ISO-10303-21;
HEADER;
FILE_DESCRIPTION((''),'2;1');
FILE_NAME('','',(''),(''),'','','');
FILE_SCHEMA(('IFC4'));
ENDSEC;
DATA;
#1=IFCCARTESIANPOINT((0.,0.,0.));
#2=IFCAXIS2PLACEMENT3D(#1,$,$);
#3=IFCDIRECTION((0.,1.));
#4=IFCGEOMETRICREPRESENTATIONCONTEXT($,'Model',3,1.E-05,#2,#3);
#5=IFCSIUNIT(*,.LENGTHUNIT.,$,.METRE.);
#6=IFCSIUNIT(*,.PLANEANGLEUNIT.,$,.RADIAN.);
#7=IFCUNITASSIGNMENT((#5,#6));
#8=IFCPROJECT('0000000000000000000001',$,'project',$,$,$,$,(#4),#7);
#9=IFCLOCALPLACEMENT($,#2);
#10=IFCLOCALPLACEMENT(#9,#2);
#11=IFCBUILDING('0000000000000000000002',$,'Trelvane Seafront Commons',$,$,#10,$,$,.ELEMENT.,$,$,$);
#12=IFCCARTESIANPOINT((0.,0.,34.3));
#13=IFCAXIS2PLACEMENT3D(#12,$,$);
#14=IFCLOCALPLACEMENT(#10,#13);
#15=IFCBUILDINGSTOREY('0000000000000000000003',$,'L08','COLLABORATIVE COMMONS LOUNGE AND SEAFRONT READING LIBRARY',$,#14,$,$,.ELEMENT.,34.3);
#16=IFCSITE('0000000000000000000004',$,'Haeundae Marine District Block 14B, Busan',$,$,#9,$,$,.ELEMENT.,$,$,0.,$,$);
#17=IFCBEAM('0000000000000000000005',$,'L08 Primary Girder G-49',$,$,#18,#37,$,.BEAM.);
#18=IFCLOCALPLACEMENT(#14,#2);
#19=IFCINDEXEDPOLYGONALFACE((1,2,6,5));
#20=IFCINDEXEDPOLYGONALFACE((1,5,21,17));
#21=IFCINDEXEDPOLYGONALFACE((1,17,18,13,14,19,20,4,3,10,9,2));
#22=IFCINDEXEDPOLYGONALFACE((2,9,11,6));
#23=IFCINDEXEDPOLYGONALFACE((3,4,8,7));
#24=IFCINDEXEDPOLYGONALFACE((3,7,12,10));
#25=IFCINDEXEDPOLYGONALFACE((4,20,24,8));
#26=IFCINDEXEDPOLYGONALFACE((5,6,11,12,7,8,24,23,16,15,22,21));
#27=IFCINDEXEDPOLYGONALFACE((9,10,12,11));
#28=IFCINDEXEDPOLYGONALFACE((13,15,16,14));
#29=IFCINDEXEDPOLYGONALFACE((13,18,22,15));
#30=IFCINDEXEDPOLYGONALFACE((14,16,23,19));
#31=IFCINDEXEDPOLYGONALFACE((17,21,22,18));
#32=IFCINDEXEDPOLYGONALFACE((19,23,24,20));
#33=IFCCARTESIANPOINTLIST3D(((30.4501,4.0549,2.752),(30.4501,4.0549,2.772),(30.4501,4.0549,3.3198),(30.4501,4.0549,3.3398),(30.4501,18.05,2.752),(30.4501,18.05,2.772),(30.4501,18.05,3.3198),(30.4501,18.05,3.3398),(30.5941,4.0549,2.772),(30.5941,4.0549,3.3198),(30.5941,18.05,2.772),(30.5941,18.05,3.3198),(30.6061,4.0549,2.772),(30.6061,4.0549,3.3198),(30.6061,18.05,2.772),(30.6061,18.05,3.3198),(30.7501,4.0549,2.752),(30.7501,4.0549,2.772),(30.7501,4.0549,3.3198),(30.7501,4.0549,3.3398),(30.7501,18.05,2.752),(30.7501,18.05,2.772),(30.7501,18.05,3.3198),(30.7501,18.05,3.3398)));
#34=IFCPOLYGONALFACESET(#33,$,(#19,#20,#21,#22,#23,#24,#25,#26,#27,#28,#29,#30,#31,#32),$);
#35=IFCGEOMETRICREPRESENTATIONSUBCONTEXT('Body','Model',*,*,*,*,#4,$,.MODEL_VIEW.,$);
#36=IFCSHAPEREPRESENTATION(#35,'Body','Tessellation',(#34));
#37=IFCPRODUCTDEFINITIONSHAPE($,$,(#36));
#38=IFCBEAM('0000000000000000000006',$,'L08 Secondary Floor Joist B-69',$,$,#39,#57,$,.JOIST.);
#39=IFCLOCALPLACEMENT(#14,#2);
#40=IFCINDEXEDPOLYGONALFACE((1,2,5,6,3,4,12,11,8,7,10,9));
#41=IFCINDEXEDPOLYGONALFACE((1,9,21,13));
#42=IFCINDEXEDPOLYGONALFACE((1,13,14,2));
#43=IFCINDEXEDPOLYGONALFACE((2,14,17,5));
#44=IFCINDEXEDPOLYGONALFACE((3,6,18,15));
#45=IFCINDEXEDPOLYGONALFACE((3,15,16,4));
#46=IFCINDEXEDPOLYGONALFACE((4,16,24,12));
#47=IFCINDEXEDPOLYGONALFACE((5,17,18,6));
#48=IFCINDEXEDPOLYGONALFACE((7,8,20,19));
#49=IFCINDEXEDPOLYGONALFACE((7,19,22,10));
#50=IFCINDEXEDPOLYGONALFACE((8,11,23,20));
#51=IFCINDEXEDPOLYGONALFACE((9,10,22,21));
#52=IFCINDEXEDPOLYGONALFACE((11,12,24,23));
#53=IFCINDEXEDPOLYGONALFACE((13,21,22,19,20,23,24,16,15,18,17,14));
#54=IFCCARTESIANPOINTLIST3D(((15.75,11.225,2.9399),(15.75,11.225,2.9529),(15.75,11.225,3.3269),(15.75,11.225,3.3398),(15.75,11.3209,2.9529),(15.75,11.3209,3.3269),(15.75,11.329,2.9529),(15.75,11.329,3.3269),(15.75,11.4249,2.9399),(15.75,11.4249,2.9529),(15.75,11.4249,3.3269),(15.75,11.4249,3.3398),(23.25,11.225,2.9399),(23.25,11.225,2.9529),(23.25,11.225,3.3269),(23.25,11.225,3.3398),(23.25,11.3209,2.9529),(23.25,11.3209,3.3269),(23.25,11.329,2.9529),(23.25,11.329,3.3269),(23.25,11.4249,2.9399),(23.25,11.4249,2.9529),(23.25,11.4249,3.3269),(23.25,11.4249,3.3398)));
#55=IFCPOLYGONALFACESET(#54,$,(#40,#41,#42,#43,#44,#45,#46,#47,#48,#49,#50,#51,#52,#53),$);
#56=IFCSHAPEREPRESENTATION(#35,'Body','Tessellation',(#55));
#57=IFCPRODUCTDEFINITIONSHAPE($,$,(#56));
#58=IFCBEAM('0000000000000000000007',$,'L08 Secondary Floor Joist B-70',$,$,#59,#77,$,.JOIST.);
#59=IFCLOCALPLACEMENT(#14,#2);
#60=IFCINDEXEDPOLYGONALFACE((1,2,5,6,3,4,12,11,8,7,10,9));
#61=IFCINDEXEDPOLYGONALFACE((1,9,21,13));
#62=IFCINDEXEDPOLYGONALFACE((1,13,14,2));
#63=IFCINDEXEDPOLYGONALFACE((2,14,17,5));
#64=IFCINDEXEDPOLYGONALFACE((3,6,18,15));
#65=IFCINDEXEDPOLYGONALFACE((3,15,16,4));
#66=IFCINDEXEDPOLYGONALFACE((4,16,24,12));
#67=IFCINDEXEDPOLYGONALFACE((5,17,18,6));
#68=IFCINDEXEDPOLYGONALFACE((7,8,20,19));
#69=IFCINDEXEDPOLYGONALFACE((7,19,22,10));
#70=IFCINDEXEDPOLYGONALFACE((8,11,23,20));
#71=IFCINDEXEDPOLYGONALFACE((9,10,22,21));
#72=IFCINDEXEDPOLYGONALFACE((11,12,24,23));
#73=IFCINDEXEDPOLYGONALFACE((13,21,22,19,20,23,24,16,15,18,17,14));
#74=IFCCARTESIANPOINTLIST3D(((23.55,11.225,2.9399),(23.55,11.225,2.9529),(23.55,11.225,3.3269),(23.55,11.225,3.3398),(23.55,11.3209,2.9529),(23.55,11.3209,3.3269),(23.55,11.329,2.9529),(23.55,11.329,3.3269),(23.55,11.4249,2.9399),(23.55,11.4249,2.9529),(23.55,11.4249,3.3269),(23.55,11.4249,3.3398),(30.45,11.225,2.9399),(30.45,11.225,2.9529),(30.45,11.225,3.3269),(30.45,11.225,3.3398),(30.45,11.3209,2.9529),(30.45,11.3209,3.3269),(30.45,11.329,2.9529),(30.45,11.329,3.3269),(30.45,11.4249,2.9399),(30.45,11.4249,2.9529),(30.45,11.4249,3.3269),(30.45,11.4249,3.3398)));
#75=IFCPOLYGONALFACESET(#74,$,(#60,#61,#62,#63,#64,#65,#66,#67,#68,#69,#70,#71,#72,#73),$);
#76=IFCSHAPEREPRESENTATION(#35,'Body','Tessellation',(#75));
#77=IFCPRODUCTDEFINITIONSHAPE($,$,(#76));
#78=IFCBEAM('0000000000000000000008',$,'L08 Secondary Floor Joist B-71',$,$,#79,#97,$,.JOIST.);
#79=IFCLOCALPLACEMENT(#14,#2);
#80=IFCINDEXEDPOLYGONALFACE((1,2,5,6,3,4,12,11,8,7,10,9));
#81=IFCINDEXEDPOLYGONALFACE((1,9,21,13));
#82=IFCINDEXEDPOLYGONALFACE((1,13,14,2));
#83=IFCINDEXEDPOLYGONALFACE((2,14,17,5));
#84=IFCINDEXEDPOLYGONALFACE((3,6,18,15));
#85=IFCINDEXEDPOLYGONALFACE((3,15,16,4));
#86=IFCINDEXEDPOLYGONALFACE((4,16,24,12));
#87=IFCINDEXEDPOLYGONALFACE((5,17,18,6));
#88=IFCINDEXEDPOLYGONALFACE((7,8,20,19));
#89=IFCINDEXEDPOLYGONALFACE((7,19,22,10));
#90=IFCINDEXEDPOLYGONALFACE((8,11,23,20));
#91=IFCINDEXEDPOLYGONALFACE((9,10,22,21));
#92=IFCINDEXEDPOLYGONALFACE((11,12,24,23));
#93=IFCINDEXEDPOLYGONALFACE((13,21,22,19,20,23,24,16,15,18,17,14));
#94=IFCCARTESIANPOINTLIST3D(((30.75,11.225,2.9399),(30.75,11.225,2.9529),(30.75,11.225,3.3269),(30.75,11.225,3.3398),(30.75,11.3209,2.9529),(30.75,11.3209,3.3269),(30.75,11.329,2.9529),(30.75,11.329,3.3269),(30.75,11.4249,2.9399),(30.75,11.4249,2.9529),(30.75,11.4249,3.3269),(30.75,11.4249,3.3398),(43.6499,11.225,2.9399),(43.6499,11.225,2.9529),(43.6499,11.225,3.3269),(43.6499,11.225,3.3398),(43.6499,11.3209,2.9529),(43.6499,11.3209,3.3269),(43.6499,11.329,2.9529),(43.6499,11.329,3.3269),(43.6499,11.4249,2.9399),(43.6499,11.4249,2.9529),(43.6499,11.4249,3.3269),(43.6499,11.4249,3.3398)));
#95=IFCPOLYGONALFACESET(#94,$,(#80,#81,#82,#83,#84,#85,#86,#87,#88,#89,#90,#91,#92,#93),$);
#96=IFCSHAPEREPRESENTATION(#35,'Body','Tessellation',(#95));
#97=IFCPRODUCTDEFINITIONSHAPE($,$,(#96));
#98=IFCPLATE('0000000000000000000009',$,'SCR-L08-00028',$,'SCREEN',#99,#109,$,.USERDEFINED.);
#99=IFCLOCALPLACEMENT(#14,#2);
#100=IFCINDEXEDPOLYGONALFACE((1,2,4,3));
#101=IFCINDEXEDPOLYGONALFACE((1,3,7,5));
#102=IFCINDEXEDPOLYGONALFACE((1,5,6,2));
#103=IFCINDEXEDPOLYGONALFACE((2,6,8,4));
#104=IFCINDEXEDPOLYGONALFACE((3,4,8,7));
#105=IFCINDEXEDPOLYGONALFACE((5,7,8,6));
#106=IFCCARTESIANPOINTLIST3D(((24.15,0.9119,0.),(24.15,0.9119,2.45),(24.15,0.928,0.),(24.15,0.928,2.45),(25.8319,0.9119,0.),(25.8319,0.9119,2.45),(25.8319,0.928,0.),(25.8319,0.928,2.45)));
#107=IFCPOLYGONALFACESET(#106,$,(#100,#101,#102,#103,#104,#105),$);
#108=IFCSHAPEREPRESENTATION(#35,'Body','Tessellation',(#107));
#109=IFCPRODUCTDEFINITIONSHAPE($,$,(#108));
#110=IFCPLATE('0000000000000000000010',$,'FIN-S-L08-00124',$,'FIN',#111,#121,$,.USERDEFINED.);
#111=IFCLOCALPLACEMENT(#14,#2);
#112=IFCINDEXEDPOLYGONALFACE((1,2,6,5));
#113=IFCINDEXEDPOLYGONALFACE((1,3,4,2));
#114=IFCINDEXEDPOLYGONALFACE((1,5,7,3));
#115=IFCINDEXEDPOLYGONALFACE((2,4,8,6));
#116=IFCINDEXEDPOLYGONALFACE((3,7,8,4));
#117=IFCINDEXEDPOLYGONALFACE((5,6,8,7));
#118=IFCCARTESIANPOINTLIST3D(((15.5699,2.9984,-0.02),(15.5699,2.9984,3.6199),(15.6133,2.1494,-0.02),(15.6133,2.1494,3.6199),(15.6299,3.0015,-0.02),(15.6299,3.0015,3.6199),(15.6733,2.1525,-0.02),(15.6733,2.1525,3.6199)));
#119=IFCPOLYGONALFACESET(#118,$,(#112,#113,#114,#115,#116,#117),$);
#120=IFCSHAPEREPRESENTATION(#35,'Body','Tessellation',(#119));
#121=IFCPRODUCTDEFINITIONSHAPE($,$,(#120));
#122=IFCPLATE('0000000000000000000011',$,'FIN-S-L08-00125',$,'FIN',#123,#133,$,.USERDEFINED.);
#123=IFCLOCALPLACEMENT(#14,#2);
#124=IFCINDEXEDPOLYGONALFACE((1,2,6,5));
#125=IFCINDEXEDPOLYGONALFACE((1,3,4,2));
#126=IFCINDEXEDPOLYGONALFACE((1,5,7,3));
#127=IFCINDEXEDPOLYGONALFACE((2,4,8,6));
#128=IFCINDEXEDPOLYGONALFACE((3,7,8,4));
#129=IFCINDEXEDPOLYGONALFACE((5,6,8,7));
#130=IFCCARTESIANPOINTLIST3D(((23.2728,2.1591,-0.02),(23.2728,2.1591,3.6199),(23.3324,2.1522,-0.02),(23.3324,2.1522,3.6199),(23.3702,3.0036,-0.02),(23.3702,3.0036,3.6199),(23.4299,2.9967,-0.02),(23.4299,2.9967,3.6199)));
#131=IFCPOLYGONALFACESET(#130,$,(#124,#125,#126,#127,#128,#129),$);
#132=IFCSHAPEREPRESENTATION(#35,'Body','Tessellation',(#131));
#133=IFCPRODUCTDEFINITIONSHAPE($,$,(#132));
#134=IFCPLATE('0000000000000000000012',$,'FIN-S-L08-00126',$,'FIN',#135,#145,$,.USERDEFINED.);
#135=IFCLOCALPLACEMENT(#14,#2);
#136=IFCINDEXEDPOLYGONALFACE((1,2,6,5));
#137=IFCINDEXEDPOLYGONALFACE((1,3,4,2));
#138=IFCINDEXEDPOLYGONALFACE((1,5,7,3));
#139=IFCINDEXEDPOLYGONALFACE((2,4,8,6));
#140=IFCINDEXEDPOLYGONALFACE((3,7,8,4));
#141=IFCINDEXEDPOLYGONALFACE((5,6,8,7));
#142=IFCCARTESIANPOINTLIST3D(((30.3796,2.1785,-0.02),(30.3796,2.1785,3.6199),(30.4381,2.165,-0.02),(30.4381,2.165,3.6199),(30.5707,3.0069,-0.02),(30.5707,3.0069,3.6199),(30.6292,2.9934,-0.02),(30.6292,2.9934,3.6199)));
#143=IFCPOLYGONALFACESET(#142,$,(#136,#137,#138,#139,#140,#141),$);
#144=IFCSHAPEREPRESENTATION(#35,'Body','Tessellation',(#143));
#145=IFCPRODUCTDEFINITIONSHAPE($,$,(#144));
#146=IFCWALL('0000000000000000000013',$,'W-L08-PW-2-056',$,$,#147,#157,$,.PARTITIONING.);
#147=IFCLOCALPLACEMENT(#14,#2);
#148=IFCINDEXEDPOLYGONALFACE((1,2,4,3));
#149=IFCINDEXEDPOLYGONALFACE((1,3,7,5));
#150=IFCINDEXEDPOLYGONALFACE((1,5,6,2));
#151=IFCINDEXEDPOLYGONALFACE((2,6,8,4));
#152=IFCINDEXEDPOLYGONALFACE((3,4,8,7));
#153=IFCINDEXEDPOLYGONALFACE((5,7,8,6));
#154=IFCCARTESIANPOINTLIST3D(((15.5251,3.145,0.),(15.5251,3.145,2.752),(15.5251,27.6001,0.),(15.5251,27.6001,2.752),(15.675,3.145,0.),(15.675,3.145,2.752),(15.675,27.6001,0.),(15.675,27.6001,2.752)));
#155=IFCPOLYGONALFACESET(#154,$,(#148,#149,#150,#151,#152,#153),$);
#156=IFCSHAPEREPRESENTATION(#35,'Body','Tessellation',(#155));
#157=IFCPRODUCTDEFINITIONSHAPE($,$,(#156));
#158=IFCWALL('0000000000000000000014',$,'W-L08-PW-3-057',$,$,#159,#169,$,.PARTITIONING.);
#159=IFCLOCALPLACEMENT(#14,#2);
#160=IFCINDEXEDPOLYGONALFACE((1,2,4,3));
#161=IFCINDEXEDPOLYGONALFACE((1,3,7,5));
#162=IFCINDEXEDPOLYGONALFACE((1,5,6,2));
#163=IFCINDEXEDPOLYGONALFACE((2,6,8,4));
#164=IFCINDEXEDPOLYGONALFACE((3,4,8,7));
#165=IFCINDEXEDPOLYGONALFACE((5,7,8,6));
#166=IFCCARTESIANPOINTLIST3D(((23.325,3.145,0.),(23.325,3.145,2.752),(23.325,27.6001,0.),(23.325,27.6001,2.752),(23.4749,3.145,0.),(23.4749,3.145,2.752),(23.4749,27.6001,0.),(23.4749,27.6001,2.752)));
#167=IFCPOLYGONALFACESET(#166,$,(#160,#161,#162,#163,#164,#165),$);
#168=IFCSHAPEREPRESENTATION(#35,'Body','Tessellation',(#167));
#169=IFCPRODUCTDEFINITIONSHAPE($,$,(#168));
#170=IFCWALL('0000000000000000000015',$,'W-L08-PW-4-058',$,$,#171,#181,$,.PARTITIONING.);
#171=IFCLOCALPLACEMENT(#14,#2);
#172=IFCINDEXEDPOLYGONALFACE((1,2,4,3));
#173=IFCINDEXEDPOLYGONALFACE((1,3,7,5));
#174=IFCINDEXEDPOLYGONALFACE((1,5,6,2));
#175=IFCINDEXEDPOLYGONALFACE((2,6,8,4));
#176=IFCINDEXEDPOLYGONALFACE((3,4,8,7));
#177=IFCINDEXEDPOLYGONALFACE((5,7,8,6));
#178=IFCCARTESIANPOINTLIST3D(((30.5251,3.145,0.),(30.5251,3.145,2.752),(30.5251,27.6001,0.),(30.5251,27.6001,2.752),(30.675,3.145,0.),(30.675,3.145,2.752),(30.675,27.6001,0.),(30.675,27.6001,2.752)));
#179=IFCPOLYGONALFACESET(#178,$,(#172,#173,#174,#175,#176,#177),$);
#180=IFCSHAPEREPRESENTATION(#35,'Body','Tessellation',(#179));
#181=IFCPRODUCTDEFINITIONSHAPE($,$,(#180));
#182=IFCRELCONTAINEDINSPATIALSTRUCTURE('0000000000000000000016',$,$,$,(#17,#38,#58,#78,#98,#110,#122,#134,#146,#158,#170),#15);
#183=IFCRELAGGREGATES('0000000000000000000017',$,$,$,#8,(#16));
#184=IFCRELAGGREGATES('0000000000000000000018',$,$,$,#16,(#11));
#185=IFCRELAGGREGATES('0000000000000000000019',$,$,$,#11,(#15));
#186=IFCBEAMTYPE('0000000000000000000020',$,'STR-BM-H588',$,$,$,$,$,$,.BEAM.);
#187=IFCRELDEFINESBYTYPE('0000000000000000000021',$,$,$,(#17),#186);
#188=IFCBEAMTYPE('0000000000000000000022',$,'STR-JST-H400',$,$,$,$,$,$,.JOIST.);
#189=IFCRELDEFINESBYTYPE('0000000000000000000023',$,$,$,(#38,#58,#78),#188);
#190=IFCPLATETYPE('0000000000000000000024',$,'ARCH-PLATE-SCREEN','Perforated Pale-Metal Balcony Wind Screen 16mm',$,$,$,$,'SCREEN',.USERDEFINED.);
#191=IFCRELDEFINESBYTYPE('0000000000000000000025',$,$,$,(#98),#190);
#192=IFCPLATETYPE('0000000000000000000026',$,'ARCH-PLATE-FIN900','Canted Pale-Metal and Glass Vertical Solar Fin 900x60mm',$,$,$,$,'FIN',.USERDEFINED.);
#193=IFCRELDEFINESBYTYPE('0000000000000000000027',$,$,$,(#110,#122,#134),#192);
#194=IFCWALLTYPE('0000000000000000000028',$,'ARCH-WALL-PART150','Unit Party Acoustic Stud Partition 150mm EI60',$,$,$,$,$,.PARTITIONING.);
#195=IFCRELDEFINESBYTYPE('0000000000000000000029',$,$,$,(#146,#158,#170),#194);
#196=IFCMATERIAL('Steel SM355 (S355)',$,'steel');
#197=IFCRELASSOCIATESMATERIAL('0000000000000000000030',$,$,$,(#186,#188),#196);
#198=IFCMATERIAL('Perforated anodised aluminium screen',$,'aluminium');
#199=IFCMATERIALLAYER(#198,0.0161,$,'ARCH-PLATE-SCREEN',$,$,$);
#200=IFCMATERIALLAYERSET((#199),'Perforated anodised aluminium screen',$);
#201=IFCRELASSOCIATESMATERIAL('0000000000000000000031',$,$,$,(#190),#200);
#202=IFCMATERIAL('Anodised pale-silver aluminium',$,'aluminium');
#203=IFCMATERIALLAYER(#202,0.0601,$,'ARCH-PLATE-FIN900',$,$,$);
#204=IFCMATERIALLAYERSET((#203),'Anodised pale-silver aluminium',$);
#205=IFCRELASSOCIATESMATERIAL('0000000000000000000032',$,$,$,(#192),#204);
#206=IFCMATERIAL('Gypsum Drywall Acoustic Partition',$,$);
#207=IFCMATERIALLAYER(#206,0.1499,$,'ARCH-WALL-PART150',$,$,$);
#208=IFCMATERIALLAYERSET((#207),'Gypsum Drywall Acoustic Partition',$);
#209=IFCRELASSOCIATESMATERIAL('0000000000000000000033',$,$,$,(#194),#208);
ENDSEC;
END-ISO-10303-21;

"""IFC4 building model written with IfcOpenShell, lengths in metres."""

from ifc_helpers import new_model, si_unit, direction, frame, frame_2d, origin, origin_2d, place, context, subcontext, project, spatial, rectangle, i_section, extrude, source, transform, mapped, material, layer, layer_set, material_profile, profile_set, type_object, element, save


model = new_model("IFC4")

# Units and contexts
model_context = context("Model", 3, precision=1e-05, world=origin(), true_north=direction((0.0, 1.0)))
body_context = subcontext(model_context, "Body", "Model", "MODEL_VIEW")
ifc_project = project(units=[si_unit("LENGTHUNIT", "METRE"), si_unit("PLANEANGLEUNIT", "RADIAN")], contexts=[model_context])

# Site, building, storey
site_placement = place(None, origin())
site = spatial("IfcSite", under=ifc_project, at=site_placement, Name="Haeundae Marine District Block 14B, Busan", CompositionType="ELEMENT", RefElevation=0.0)
building_placement = place(site_placement, origin())
building = spatial("IfcBuilding", under=site, at=building_placement, Name="Trelvane Seafront Commons", CompositionType="ELEMENT")
storey_placement = place(building_placement, frame((0.0, 0.0, 34.3)))
storey = spatial("IfcBuildingStorey", under=building, at=storey_placement, Name="L08", Description="COLLABORATIVE COMMONS LOUNGE AND SEAFRONT READING LIBRARY", CompositionType="ELEMENT", Elevation=34.3)

# Shared definitions
ifc_material_1 = material(Name="Steel SM355 (S355)", Category="steel")

# Beams
ifc_material_profile_1 = material_profile(ifc_material_1, i_section(OverallWidth=0.3, OverallDepth=0.5879, WebThickness=0.012, FlangeThickness=0.02, at=origin_2d()), Name="H-588x300x12x20")
ifc_profile_set_1 = profile_set([ifc_material_profile_1], Name="Steel SM355 (S355)")
beam_type_1 = type_object("IfcBeamType", Name="STR-BM-H588", PredefinedType="BEAM", material=ifc_profile_set_1)
shared_shape_1 = source(origin(), body_context, "Body", "SweptSolid", [
    extrude(i_section(OverallWidth=0.3, OverallDepth=0.5879, WebThickness=0.012, FlangeThickness=0.02, at=origin_2d()), origin(), (0.0, 0.0, 1.0), 13.9951),
])
for number, where, z_axis, x_axis, name in (
    (1, (30.6001, 4.0549, 3.0459), (0.0, 1.0, 0.0), (-1.0, 0.0, 0.0), "L08 Primary Girder G-49"),
):
    element("IfcBeam", number, at=place(storey_placement, frame(where, z_axis=z_axis, x_axis=x_axis)), inside=storey, type_object=beam_type_1, Name=name, PredefinedType="BEAM", context=body_context, shape_type="MappedRepresentation", body=[
        mapped(shared_shape_1, transform((0.0, 0.0, 0.0), x_axis=(1.0, 0.0, 0.0), y_axis=(0.0, 1.0, 0.0), z_axis=(0.0, 0.0, 1.0), scale=1.0)),
    ])
ifc_material_profile_2 = material_profile(ifc_material_1, i_section(OverallWidth=0.2, OverallDepth=0.3999, WebThickness=0.0081, FlangeThickness=0.0129, at=origin_2d()), Name="H-400x200x8x13")
ifc_profile_set_2 = profile_set([ifc_material_profile_2], Name="Steel SM355 (S355)")
beam_type_2 = type_object("IfcBeamType", Name="STR-JST-H400", PredefinedType="JOIST", material=ifc_profile_set_2)
shared_shape_2 = source(origin(), body_context, "Body", "SweptSolid", [
    extrude(i_section(OverallWidth=0.2, OverallDepth=0.3999, WebThickness=0.0081, FlangeThickness=0.0129, at=origin_2d()), origin(), (0.0, 0.0, 1.0), 7.5),
])
beam_1_placement = place(storey_placement, frame((15.75, 11.325, 3.1399), z_axis=(1.0, 0.0, 0.0), x_axis=(0.0, 1.0, 0.0)))
element("IfcBeam", 2, at=beam_1_placement, inside=storey, type_object=beam_type_2, Name="L08 Secondary Floor Joist B-69", PredefinedType="JOIST", context=body_context, shape_type="MappedRepresentation", body=[
    mapped(shared_shape_2, transform((0.0, 0.0, 0.0), x_axis=(1.0, 0.0, 0.0), y_axis=(0.0, 1.0, 0.0), z_axis=(0.0, 0.0, 1.0), scale=1.0)),
])
shared_shape_3 = source(origin(), body_context, "Body", "SweptSolid", [
    extrude(i_section(OverallWidth=0.2, OverallDepth=0.3999, WebThickness=0.0081, FlangeThickness=0.0129, at=origin_2d()), origin(), (0.0, 0.0, 1.0), 6.8999),
])
beam_2_placement = place(storey_placement, frame((23.55, 11.325, 3.1399), z_axis=(1.0, 0.0, 0.0), x_axis=(0.0, 1.0, 0.0)))
element("IfcBeam", 3, at=beam_2_placement, inside=storey, type_object=beam_type_2, Name="L08 Secondary Floor Joist B-70", PredefinedType="JOIST", context=body_context, shape_type="MappedRepresentation", body=[
    mapped(shared_shape_3, transform((0.0, 0.0, 0.0), x_axis=(1.0, 0.0, 0.0), y_axis=(0.0, 1.0, 0.0), z_axis=(0.0, 0.0, 1.0), scale=1.0)),
])
shared_shape_4 = source(origin(), body_context, "Body", "SweptSolid", [
    extrude(i_section(OverallWidth=0.2, OverallDepth=0.3999, WebThickness=0.0081, FlangeThickness=0.0129, at=origin_2d()), origin(), (0.0, 0.0, 1.0), 12.8999),
])
beam_3_placement = place(storey_placement, frame((30.75, 11.325, 3.1399), z_axis=(1.0, 0.0, 0.0), x_axis=(0.0, 1.0, 0.0)))
element("IfcBeam", 4, at=beam_3_placement, inside=storey, type_object=beam_type_2, Name="L08 Secondary Floor Joist B-71", PredefinedType="JOIST", context=body_context, shape_type="MappedRepresentation", body=[
    mapped(shared_shape_4, transform((0.0, 0.0, 0.0), x_axis=(1.0, 0.0, 0.0), y_axis=(0.0, 1.0, 0.0), z_axis=(0.0, 0.0, 1.0), scale=1.0)),
])

# Plates
ifc_material_2 = material(Name="Perforated anodised aluminium screen", Category="aluminium")
ifc_layer_1 = layer(ifc_material_2, 0.0161, Name="ARCH-PLATE-SCREEN")
ifc_layer_set_1 = layer_set([ifc_layer_1], Name="Perforated anodised aluminium screen")
plate_type_1 = type_object("IfcPlateType", Name="ARCH-PLATE-SCREEN", Description="Perforated Pale-Metal Balcony Wind Screen 16mm", ElementType="SCREEN", PredefinedType="USERDEFINED", material=ifc_layer_set_1)
shared_shape_5 = source(origin(), body_context, "Body", "SweptSolid", [
    extrude(rectangle(XDim=1.6819, YDim=0.0161, at=origin_2d()), origin(), (0.0, 0.0, 1.0), 2.45),
])
plate_placement = place(storey_placement, frame((24.991, 0.9199, 0.0), z_axis=(0.0, 0.0, 1.0), x_axis=(1.0, 0.0, 0.0)))
element("IfcPlate", 5, at=plate_placement, inside=storey, type_object=plate_type_1, Name="SCR-L08-00028", ObjectType="SCREEN", PredefinedType="USERDEFINED", context=body_context, shape_type="MappedRepresentation", body=[
    mapped(shared_shape_5, transform((0.0, 0.0, 0.0), x_axis=(1.0, 0.0, 0.0), y_axis=(0.0, 1.0, 0.0), z_axis=(0.0, 0.0, 1.0), scale=1.0)),
])
ifc_material_3 = material(Name="Anodised pale-silver aluminium", Category="aluminium")
ifc_layer_2 = layer(ifc_material_3, 0.0601, Name="ARCH-PLATE-FIN900")
ifc_layer_set_2 = layer_set([ifc_layer_2], Name="Anodised pale-silver aluminium")
plate_type_2 = type_object("IfcPlateType", Name="ARCH-PLATE-FIN900", Description="Canted Pale-Metal and Glass Vertical Solar Fin 900x60mm", ElementType="FIN", PredefinedType="USERDEFINED", material=ifc_layer_set_2)
shared_shape_6 = source(origin(), body_context, "Body", "SweptSolid", [
    extrude(rectangle(XDim=0.8501, YDim=0.0601, at=origin_2d()), origin(), (0.0, 0.0, 1.0), 3.6399),
])
for number, where, z_axis, x_axis, name in (
    (6, (15.6216, 2.5754, -0.02), (0.0, 0.0, 1.0), (0.051058, -0.998696, 0.0), "FIN-S-L08-00124"),
    (7, (23.3513, 2.5779, -0.02), (0.0, 0.0, 1.0), (-0.114589, -0.993413, 0.0), "FIN-S-L08-00125"),
    (8, (30.5044, 2.5859, -0.02), (0.0, 0.0, 1.0), (-0.224834, -0.974397, 0.0), "FIN-S-L08-00126"),
):
    element("IfcPlate", number, at=place(storey_placement, frame(where, z_axis=z_axis, x_axis=x_axis)), inside=storey, type_object=plate_type_2, Name=name, ObjectType="FIN", PredefinedType="USERDEFINED", context=body_context, shape_type="MappedRepresentation", body=[
        mapped(shared_shape_6, transform((0.0, 0.0, 0.0), x_axis=(1.0, 0.0, 0.0), y_axis=(0.0, 1.0, 0.0), z_axis=(0.0, 0.0, 1.0), scale=1.0)),
    ])

# Walls
ifc_material_4 = material(Name="Gypsum Drywall Acoustic Partition")
ifc_layer_3 = layer(ifc_material_4, 0.1499, Name="ARCH-WALL-PART150")
ifc_layer_set_3 = layer_set([ifc_layer_3], Name="Gypsum Drywall Acoustic Partition")
wall_type = type_object("IfcWallType", Name="ARCH-WALL-PART150", Description="Unit Party Acoustic Stud Partition 150mm EI60", PredefinedType="PARTITIONING", material=ifc_layer_set_3)
for number, where, z_axis, x_axis, name in (
    (9, (15.6001, 3.145, 0.0), (0.0, 0.0, 1.0), (0.0, 1.0, 0.0), "W-L08-PW-2-056"),
    (10, (23.3999, 3.145, 0.0), (0.0, 0.0, 1.0), (0.0, 1.0, 0.0), "W-L08-PW-3-057"),
    (11, (30.6001, 3.145, 0.0), (0.0, 0.0, 1.0), (0.0, 1.0, 0.0), "W-L08-PW-4-058"),
):
    element("IfcWall", number, at=place(storey_placement, frame(where, z_axis=z_axis, x_axis=x_axis)), inside=storey, type_object=wall_type, Name=name, PredefinedType="PARTITIONING", context=body_context, shape_type="SweptSolid", body=[
        extrude(rectangle(XDim=24.4551, YDim=0.1499, at=frame_2d((12.2275, 0.0))), origin(), (0.0, 0.0, 1.0), 2.752),
    ])

save(model, "model.ifc")
